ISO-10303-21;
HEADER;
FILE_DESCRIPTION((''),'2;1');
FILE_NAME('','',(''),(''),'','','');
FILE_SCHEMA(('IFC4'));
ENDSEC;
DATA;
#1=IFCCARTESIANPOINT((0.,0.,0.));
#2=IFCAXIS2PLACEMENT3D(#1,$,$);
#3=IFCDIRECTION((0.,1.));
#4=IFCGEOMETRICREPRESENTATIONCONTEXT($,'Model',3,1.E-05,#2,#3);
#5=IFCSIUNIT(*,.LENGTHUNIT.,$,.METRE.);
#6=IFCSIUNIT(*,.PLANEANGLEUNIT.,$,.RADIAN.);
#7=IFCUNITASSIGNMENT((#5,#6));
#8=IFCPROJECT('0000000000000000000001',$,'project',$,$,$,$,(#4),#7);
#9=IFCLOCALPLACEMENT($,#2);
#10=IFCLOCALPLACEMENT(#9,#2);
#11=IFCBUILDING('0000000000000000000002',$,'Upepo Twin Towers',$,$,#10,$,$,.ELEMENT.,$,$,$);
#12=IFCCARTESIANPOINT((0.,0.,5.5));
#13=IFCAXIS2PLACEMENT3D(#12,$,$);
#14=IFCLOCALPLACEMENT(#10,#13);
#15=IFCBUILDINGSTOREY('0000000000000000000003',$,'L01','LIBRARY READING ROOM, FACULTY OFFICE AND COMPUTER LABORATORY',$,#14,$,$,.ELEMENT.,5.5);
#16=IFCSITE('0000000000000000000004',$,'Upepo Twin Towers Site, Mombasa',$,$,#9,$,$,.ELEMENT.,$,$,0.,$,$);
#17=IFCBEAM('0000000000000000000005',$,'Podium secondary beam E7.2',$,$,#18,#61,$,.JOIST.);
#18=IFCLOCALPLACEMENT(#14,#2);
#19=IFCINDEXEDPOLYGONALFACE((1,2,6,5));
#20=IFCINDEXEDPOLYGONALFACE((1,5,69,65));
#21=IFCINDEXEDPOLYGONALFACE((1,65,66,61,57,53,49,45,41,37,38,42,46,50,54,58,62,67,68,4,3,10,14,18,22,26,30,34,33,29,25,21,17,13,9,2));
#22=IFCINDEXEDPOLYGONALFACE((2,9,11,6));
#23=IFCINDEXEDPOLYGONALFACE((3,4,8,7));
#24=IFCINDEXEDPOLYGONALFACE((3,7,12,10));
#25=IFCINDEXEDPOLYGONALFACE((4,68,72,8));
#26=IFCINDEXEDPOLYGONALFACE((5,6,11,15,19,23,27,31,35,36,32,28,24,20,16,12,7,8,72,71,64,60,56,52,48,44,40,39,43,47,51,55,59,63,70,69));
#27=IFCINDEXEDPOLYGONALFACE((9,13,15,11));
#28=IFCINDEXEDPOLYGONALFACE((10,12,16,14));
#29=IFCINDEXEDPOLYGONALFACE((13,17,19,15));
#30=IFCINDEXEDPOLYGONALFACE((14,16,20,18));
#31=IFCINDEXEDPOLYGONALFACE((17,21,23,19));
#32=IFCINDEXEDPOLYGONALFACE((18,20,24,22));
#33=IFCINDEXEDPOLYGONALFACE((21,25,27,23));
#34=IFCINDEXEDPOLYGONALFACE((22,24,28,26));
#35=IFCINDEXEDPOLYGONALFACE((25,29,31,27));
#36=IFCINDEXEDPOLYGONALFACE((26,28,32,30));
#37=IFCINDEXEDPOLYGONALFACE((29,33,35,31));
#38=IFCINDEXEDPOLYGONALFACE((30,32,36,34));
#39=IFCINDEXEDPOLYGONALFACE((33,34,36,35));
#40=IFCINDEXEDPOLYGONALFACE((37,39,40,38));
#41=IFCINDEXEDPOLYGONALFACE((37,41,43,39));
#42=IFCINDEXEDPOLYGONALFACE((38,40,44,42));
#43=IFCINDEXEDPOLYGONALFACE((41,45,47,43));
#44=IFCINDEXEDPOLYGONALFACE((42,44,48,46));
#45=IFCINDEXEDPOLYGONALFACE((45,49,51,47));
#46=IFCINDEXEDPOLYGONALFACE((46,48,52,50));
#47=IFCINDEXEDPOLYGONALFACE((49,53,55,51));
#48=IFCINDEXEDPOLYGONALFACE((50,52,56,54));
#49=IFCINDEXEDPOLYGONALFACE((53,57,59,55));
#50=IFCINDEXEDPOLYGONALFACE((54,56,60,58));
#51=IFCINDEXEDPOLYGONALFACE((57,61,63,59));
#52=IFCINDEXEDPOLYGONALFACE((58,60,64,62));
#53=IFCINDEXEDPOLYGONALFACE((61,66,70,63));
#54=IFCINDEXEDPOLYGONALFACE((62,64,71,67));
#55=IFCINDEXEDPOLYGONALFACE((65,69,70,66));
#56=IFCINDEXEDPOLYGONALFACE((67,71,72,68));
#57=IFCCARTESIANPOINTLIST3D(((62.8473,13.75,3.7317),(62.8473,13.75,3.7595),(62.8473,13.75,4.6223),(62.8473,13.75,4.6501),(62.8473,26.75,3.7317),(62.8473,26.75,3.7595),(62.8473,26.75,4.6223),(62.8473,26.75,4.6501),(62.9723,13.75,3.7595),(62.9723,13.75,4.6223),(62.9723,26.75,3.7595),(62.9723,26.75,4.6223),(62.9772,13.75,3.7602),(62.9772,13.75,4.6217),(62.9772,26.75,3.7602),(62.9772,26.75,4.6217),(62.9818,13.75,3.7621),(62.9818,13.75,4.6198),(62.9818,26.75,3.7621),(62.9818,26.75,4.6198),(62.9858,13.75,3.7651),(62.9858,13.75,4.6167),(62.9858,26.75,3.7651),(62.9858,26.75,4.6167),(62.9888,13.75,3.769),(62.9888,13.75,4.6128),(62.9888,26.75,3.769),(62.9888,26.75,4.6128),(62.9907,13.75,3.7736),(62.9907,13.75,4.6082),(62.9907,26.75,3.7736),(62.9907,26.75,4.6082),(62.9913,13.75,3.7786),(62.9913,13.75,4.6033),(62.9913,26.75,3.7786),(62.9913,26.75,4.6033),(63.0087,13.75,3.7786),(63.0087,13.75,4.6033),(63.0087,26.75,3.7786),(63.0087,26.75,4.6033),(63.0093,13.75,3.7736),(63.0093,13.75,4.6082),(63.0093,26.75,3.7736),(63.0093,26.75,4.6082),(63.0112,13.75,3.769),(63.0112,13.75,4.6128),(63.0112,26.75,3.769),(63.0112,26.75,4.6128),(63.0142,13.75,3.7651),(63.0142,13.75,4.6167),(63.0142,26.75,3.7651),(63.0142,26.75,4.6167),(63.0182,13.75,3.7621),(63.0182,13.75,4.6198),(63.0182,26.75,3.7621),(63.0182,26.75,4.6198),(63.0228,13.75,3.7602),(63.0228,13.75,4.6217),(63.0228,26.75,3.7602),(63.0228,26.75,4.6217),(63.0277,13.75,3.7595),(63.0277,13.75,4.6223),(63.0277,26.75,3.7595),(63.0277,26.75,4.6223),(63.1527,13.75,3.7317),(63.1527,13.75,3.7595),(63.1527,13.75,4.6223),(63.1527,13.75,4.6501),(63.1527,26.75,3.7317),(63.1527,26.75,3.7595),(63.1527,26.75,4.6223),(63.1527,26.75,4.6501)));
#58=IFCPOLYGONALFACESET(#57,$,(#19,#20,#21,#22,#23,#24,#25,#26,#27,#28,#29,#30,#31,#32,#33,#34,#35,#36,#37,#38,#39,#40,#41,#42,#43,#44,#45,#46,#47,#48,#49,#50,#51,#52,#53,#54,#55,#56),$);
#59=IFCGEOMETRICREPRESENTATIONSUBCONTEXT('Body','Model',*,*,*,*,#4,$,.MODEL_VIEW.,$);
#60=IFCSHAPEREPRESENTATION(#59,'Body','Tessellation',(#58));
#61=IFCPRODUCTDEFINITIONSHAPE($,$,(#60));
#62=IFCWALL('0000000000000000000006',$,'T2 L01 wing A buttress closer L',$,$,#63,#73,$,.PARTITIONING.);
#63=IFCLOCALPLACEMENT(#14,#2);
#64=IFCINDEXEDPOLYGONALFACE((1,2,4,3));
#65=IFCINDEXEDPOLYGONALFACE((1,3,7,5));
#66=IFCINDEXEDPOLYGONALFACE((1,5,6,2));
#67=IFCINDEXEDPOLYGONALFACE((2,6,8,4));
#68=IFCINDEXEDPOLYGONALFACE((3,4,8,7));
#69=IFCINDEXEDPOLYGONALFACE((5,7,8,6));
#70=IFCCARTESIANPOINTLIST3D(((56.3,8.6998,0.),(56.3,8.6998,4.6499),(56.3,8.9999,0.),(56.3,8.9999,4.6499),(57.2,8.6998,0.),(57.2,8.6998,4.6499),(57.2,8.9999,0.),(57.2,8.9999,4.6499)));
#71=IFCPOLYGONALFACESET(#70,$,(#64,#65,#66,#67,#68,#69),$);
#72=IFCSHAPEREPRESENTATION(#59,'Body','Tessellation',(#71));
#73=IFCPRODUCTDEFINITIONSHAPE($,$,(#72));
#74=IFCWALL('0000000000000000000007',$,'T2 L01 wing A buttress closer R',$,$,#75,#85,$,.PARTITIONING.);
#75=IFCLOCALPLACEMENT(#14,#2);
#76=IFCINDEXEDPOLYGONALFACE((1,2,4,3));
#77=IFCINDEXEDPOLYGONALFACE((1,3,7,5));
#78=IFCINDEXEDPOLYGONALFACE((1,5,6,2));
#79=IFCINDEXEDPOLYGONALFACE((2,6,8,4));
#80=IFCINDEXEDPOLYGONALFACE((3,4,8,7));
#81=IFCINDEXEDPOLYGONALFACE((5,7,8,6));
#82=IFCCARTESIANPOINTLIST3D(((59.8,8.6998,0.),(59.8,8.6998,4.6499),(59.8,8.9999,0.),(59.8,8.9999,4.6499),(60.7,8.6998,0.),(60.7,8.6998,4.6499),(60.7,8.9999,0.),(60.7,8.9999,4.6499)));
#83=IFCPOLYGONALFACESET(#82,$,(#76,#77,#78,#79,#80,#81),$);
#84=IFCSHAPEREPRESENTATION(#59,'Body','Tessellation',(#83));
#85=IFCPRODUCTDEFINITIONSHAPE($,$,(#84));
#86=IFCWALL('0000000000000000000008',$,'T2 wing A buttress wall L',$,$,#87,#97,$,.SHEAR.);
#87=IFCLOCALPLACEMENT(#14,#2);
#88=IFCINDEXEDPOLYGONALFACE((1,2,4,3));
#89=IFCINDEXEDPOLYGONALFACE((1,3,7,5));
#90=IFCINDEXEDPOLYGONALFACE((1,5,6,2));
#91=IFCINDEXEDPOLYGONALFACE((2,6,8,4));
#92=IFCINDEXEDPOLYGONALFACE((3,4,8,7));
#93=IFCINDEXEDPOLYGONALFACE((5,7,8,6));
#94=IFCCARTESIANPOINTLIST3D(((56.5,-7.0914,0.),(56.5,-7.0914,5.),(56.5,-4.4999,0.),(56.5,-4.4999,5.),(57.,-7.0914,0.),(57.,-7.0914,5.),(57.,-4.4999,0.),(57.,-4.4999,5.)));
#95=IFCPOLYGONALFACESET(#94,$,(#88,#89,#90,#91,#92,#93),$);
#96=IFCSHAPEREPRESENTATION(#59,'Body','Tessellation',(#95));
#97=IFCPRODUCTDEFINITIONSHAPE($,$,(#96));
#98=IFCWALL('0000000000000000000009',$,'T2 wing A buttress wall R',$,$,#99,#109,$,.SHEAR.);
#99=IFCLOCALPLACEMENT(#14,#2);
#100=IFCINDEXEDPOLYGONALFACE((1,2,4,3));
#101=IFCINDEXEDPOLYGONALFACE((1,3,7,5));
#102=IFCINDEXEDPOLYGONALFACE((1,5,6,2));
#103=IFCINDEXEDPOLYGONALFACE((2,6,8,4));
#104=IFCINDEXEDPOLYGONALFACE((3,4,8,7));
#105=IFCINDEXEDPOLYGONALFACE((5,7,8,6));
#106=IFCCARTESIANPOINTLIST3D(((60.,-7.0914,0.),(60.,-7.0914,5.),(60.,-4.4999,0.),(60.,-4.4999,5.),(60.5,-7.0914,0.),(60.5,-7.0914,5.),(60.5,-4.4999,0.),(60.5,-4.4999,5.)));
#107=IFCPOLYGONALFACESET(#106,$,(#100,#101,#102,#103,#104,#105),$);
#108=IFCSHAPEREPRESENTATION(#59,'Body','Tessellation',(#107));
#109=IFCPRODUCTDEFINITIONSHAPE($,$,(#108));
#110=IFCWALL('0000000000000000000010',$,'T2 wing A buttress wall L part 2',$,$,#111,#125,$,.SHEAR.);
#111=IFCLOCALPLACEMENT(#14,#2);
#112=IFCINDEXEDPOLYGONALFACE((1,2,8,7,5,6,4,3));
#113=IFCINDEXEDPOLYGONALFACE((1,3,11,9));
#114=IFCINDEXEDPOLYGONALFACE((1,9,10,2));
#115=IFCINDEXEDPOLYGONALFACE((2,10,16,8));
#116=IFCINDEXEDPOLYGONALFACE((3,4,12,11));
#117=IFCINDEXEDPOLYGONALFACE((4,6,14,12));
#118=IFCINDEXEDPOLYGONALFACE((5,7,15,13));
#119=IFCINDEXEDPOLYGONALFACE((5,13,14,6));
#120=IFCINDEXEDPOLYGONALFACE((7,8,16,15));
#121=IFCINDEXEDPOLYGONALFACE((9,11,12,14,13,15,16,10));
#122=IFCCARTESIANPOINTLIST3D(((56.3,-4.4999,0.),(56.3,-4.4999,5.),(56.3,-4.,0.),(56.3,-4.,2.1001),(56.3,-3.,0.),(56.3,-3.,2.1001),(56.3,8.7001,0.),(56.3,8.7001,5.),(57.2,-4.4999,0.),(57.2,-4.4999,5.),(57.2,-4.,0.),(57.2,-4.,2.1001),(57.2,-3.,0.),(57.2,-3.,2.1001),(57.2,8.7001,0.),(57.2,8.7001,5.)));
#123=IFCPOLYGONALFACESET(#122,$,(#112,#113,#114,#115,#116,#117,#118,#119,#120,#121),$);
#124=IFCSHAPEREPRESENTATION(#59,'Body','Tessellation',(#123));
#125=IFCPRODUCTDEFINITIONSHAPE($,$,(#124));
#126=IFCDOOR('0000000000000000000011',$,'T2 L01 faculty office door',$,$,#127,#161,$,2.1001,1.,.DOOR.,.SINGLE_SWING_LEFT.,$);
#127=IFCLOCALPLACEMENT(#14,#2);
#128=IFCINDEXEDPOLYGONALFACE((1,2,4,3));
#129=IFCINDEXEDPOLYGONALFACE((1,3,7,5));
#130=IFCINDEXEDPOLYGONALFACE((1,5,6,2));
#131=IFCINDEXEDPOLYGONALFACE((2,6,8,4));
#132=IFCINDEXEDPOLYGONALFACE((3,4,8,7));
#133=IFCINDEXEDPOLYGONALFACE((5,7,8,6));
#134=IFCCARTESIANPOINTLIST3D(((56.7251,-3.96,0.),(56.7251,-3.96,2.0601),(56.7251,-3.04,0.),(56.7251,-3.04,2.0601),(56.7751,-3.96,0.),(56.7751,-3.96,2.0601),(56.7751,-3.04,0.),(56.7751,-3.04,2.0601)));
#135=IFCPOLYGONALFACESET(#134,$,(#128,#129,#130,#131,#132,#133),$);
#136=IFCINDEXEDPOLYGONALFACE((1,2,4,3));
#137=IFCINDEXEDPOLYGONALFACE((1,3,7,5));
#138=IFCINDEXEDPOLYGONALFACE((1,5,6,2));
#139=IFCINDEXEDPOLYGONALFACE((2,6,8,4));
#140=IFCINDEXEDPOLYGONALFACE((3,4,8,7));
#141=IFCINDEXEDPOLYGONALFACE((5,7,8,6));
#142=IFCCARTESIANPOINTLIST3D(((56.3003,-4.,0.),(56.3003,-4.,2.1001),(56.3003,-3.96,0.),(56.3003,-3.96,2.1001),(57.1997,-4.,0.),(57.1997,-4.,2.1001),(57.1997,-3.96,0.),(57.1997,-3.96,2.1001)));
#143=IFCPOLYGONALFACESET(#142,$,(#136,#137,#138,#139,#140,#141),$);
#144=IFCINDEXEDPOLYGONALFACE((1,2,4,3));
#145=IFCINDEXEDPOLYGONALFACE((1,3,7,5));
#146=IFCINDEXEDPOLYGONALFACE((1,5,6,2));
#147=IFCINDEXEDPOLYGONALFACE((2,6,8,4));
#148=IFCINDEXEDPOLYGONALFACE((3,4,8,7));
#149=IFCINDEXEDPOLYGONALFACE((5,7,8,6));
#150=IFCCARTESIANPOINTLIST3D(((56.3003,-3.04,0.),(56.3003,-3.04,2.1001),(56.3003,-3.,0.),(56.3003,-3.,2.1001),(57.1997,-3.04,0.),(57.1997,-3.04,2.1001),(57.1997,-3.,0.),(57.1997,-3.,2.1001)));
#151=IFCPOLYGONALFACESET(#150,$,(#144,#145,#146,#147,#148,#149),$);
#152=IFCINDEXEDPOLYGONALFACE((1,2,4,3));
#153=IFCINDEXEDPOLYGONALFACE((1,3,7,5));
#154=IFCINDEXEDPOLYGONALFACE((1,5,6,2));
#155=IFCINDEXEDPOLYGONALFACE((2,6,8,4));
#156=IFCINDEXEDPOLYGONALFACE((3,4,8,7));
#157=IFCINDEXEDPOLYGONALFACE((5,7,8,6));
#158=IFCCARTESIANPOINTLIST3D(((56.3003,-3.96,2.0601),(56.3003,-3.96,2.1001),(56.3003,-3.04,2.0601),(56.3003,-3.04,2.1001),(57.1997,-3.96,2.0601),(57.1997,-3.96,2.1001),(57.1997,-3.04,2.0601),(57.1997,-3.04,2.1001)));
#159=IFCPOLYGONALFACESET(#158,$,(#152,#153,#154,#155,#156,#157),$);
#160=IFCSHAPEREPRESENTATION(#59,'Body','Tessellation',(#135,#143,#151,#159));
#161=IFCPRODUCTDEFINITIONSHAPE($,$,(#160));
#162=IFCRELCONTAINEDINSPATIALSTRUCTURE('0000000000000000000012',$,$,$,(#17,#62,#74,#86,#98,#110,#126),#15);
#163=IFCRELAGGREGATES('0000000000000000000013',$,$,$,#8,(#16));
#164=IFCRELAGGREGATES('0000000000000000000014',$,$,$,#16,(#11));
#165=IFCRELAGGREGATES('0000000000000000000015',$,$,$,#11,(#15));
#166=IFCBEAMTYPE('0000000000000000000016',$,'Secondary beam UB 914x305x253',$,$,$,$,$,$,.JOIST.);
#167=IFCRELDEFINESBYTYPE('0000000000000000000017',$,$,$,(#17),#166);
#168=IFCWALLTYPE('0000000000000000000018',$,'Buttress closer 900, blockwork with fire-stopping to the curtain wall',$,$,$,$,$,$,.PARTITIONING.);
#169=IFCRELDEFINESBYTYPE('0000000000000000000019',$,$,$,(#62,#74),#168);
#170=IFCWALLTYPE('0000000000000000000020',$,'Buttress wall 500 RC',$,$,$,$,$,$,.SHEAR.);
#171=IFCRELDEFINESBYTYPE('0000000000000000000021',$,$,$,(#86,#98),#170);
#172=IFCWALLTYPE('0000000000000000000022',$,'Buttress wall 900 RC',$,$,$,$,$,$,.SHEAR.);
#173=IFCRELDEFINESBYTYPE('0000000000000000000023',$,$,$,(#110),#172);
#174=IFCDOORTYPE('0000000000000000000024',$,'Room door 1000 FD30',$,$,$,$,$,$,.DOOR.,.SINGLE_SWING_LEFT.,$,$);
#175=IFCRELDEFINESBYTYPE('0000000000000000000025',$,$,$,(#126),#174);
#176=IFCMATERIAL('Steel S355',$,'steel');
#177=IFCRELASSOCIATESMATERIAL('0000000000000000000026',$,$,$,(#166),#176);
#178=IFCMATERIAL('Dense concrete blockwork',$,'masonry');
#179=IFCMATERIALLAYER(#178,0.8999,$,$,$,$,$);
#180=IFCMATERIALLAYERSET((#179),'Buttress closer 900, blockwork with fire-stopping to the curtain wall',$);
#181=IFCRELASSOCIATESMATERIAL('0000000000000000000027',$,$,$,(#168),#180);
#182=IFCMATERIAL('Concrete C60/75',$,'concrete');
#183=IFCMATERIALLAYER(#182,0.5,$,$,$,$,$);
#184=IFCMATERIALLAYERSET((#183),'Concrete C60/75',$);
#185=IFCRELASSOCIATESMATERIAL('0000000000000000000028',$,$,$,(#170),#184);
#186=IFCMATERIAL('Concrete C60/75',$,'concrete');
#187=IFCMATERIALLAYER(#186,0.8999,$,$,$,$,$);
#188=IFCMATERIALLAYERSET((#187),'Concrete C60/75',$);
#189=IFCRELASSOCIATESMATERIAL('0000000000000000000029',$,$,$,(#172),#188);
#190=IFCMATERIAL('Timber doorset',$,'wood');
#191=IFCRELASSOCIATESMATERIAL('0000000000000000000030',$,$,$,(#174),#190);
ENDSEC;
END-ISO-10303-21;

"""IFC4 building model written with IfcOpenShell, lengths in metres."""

from ifc_helpers import new_model, si_unit, direction, frame, frame_2d, origin, origin_2d, place, context, subcontext, project, spatial, rectangle, i_section, extrude, material, layer, layer_set, material_profile, profile_set, type_object, element, fill, save


model = new_model("IFC4")

# Units and contexts
model_context = context("Model", 3, precision=1e-05, world=origin(), true_north=direction((0.0, 1.0)))
body_context = subcontext(model_context, "Body", "Model", "MODEL_VIEW")
ifc_project = project(units=[si_unit("LENGTHUNIT", "METRE"), si_unit("PLANEANGLEUNIT", "RADIAN")], contexts=[model_context])

# Site, building, storey
site_placement = place(None, origin())
site = spatial("IfcSite", under=ifc_project, at=site_placement, Name="Upepo Twin Towers Site, Mombasa", CompositionType="ELEMENT", RefElevation=0.0)
building_placement = place(site_placement, origin())
building = spatial("IfcBuilding", under=site, at=building_placement, Name="Upepo Twin Towers", CompositionType="ELEMENT")
storey_placement = place(building_placement, frame((0.0, 0.0, 5.5)))
storey = spatial("IfcBuildingStorey", under=building, at=storey_placement, Name="L01", Description="LIBRARY READING ROOM, FACULTY OFFICE AND COMPUTER LABORATORY", CompositionType="ELEMENT", Elevation=5.5)

# Beam
ifc_material_1 = material(Name="Steel S355", Category="steel")
ifc_material_profile_1 = material_profile(ifc_material_1, i_section(OverallWidth=0.3054, OverallDepth=0.9185, WebThickness=0.0173, FlangeThickness=0.0278, FilletRadius=0.019, at=origin_2d()), Name="UB 914x305x253")
ifc_profile_set_1 = profile_set([ifc_material_profile_1], Name="Steel S355")
beam_type_1 = type_object("IfcBeamType", Name="Secondary beam UB 914x305x253", PredefinedType="JOIST", material=ifc_profile_set_1)
for number, where, z_axis, x_axis, name in (
    (1, (63.0, 13.75, 4.1909), (0.0, 1.0, 0.0), (-1.0, 0.0, 0.0), "Podium secondary beam E7.2"),
):
    element("IfcBeam", number, at=place(storey_placement, frame(where, z_axis=z_axis, x_axis=x_axis)), inside=storey, type_object=beam_type_1, Name=name, PredefinedType="JOIST", context=body_context, shape_type="SweptSolid", body=[
        extrude(i_section(OverallWidth=0.3054, OverallDepth=0.9185, WebThickness=0.0173, FlangeThickness=0.0278, FilletRadius=0.019, at=origin_2d()), origin(), (0.0, 0.0, 1.0), 13.0),
    ])

# Walls
ifc_material_2 = material(Name="Dense concrete blockwork", Category="masonry")
ifc_layer_1 = layer(ifc_material_2, 0.8999)
ifc_layer_set_1 = layer_set([ifc_layer_1], Name="Buttress closer 900, blockwork with fire-stopping to the curtain wall")
wall_type_1 = type_object("IfcWallType", Name="Buttress closer 900, blockwork with fire-stopping to the curtain wall", PredefinedType="PARTITIONING", material=ifc_layer_set_1)
for number, where, z_axis, x_axis, name in (
    (2, (56.75, 8.7, 0.0), (0.0, 0.0, 1.0), (0.0, 1.0, 0.0), "T2 L01 wing A buttress closer L"),
    (3, (60.25, 8.7, 0.0), (0.0, 0.0, 1.0), (0.0, 1.0, 0.0), "T2 L01 wing A buttress closer R"),
):
    element("IfcWall", number, at=place(storey_placement, frame(where, z_axis=z_axis, x_axis=x_axis)), inside=storey, type_object=wall_type_1, Name=name, PredefinedType="PARTITIONING", context=body_context, shape_type="SweptSolid", body=[
        extrude(rectangle(XDim=0.3, YDim=0.8999, at=frame_2d((0.1499, 0.0))), origin(), (0.0, 0.0, 1.0), 4.6499),
    ])
ifc_material_3 = material(Name="Concrete C60/75", Category="concrete")
ifc_layer_2 = layer(ifc_material_3, 0.5)
ifc_layer_set_2 = layer_set([ifc_layer_2], Name="Concrete C60/75")
wall_type_2 = type_object("IfcWallType", Name="Buttress wall 500 RC", PredefinedType="SHEAR", material=ifc_layer_set_2)
for number, where, z_axis, x_axis, name in (
    (4, (56.75, -7.0916, 0.0), (0.0, 0.0, 1.0), (0.0, 1.0, 0.0), "T2 wing A buttress wall L"),
    (5, (60.25, -7.0916, 0.0), (0.0, 0.0, 1.0), (0.0, 1.0, 0.0), "T2 wing A buttress wall R"),
):
    element("IfcWall", number, at=place(storey_placement, frame(where, z_axis=z_axis, x_axis=x_axis)), inside=storey, type_object=wall_type_2, Name=name, PredefinedType="SHEAR", context=body_context, shape_type="SweptSolid", body=[
        extrude(rectangle(XDim=2.5916, YDim=0.5, at=frame_2d((1.2959, 0.0))), origin(), (0.0, 0.0, 1.0), 5.0),
    ])

# Wall, opening, door
ifc_material_4 = material(Name="Concrete C60/75", Category="concrete")
ifc_layer_3 = layer(ifc_material_4, 0.8999)
ifc_layer_set_3 = layer_set([ifc_layer_3], Name="Concrete C60/75")
wall_type_3 = type_object("IfcWallType", Name="Buttress wall 900 RC", PredefinedType="SHEAR", material=ifc_layer_set_3)
wall_1_placement = place(storey_placement, frame((56.75, -4.5, 0.0), z_axis=(0.0, 0.0, 1.0), x_axis=(0.0, 1.0, 0.0)))
wall_1 = element("IfcWall", 6, at=wall_1_placement, inside=storey, type_object=wall_type_3, Name="T2 wing A buttress wall L part 2", PredefinedType="SHEAR", context=body_context, shape_type="SweptSolid", body=[
    extrude(rectangle(XDim=13.2, YDim=0.8999, at=frame_2d((6.6001, 0.0))), origin(), (0.0, 0.0, 1.0), 5.0),
])
opening_1_placement = place(wall_1_placement, frame((0.5, 0.0, 0.0)))
opening_1 = element("IfcOpeningElement", 7, at=opening_1_placement, cuts=wall_1, PredefinedType="OPENING", context=body_context, shape_type="SweptSolid", body=[
    extrude(rectangle(XDim=1.0, YDim=2.1001, at=frame_2d((0.5, 1.05))), frame((0.0, 0.46, 0.0), z_axis=(0.0, -1.0, 0.0), x_axis=(1.0, 0.0, 0.0)), (0.0, 0.0, 1.0), 0.9199),
])
ifc_material_5 = material(Name="Timber doorset", Category="wood")
door_type_1 = type_object("IfcDoorType", Name="Room door 1000 FD30", OperationType="SINGLE_SWING_LEFT", PredefinedType="DOOR", material=ifc_material_5)
door_1_placement = place(opening_1_placement, origin())
door_1 = element("IfcDoor", 8, at=door_1_placement, inside=storey, type_object=door_type_1, Name="T2 L01 faculty office door", OperationType="SINGLE_SWING_LEFT", OverallHeight=2.1001, OverallWidth=1.0, PredefinedType="DOOR", context=body_context, shape_type="SweptSolid", body=[
    extrude(rectangle(XDim=0.92, YDim=2.0601, at=frame_2d((0.5, 1.03))), frame((0.0, 0.0249, 0.0), z_axis=(0.0, -1.0, 0.0), x_axis=(1.0, 0.0, 0.0)), (0.0, 0.0, 1.0), 0.05),
    extrude(rectangle(XDim=0.04, YDim=2.1001, at=frame_2d((0.02, 1.05))), frame((0.0, 0.4497, 0.0), z_axis=(0.0, -1.0, 0.0), x_axis=(1.0, 0.0, 0.0)), (0.0, 0.0, 1.0), 0.8994),
    extrude(rectangle(XDim=0.04, YDim=2.1001, at=frame_2d((0.98, 1.05))), frame((0.0, 0.4497, 0.0), z_axis=(0.0, -1.0, 0.0), x_axis=(1.0, 0.0, 0.0)), (0.0, 0.0, 1.0), 0.8994),
    extrude(rectangle(XDim=0.92, YDim=0.04, at=frame_2d((0.5, 2.0801))), frame((0.0, 0.4497, 0.0), z_axis=(0.0, -1.0, 0.0), x_axis=(1.0, 0.0, 0.0)), (0.0, 0.0, 1.0), 0.8994),
])
fill(opening_1, door_1)

save(model, "model.ifc")
